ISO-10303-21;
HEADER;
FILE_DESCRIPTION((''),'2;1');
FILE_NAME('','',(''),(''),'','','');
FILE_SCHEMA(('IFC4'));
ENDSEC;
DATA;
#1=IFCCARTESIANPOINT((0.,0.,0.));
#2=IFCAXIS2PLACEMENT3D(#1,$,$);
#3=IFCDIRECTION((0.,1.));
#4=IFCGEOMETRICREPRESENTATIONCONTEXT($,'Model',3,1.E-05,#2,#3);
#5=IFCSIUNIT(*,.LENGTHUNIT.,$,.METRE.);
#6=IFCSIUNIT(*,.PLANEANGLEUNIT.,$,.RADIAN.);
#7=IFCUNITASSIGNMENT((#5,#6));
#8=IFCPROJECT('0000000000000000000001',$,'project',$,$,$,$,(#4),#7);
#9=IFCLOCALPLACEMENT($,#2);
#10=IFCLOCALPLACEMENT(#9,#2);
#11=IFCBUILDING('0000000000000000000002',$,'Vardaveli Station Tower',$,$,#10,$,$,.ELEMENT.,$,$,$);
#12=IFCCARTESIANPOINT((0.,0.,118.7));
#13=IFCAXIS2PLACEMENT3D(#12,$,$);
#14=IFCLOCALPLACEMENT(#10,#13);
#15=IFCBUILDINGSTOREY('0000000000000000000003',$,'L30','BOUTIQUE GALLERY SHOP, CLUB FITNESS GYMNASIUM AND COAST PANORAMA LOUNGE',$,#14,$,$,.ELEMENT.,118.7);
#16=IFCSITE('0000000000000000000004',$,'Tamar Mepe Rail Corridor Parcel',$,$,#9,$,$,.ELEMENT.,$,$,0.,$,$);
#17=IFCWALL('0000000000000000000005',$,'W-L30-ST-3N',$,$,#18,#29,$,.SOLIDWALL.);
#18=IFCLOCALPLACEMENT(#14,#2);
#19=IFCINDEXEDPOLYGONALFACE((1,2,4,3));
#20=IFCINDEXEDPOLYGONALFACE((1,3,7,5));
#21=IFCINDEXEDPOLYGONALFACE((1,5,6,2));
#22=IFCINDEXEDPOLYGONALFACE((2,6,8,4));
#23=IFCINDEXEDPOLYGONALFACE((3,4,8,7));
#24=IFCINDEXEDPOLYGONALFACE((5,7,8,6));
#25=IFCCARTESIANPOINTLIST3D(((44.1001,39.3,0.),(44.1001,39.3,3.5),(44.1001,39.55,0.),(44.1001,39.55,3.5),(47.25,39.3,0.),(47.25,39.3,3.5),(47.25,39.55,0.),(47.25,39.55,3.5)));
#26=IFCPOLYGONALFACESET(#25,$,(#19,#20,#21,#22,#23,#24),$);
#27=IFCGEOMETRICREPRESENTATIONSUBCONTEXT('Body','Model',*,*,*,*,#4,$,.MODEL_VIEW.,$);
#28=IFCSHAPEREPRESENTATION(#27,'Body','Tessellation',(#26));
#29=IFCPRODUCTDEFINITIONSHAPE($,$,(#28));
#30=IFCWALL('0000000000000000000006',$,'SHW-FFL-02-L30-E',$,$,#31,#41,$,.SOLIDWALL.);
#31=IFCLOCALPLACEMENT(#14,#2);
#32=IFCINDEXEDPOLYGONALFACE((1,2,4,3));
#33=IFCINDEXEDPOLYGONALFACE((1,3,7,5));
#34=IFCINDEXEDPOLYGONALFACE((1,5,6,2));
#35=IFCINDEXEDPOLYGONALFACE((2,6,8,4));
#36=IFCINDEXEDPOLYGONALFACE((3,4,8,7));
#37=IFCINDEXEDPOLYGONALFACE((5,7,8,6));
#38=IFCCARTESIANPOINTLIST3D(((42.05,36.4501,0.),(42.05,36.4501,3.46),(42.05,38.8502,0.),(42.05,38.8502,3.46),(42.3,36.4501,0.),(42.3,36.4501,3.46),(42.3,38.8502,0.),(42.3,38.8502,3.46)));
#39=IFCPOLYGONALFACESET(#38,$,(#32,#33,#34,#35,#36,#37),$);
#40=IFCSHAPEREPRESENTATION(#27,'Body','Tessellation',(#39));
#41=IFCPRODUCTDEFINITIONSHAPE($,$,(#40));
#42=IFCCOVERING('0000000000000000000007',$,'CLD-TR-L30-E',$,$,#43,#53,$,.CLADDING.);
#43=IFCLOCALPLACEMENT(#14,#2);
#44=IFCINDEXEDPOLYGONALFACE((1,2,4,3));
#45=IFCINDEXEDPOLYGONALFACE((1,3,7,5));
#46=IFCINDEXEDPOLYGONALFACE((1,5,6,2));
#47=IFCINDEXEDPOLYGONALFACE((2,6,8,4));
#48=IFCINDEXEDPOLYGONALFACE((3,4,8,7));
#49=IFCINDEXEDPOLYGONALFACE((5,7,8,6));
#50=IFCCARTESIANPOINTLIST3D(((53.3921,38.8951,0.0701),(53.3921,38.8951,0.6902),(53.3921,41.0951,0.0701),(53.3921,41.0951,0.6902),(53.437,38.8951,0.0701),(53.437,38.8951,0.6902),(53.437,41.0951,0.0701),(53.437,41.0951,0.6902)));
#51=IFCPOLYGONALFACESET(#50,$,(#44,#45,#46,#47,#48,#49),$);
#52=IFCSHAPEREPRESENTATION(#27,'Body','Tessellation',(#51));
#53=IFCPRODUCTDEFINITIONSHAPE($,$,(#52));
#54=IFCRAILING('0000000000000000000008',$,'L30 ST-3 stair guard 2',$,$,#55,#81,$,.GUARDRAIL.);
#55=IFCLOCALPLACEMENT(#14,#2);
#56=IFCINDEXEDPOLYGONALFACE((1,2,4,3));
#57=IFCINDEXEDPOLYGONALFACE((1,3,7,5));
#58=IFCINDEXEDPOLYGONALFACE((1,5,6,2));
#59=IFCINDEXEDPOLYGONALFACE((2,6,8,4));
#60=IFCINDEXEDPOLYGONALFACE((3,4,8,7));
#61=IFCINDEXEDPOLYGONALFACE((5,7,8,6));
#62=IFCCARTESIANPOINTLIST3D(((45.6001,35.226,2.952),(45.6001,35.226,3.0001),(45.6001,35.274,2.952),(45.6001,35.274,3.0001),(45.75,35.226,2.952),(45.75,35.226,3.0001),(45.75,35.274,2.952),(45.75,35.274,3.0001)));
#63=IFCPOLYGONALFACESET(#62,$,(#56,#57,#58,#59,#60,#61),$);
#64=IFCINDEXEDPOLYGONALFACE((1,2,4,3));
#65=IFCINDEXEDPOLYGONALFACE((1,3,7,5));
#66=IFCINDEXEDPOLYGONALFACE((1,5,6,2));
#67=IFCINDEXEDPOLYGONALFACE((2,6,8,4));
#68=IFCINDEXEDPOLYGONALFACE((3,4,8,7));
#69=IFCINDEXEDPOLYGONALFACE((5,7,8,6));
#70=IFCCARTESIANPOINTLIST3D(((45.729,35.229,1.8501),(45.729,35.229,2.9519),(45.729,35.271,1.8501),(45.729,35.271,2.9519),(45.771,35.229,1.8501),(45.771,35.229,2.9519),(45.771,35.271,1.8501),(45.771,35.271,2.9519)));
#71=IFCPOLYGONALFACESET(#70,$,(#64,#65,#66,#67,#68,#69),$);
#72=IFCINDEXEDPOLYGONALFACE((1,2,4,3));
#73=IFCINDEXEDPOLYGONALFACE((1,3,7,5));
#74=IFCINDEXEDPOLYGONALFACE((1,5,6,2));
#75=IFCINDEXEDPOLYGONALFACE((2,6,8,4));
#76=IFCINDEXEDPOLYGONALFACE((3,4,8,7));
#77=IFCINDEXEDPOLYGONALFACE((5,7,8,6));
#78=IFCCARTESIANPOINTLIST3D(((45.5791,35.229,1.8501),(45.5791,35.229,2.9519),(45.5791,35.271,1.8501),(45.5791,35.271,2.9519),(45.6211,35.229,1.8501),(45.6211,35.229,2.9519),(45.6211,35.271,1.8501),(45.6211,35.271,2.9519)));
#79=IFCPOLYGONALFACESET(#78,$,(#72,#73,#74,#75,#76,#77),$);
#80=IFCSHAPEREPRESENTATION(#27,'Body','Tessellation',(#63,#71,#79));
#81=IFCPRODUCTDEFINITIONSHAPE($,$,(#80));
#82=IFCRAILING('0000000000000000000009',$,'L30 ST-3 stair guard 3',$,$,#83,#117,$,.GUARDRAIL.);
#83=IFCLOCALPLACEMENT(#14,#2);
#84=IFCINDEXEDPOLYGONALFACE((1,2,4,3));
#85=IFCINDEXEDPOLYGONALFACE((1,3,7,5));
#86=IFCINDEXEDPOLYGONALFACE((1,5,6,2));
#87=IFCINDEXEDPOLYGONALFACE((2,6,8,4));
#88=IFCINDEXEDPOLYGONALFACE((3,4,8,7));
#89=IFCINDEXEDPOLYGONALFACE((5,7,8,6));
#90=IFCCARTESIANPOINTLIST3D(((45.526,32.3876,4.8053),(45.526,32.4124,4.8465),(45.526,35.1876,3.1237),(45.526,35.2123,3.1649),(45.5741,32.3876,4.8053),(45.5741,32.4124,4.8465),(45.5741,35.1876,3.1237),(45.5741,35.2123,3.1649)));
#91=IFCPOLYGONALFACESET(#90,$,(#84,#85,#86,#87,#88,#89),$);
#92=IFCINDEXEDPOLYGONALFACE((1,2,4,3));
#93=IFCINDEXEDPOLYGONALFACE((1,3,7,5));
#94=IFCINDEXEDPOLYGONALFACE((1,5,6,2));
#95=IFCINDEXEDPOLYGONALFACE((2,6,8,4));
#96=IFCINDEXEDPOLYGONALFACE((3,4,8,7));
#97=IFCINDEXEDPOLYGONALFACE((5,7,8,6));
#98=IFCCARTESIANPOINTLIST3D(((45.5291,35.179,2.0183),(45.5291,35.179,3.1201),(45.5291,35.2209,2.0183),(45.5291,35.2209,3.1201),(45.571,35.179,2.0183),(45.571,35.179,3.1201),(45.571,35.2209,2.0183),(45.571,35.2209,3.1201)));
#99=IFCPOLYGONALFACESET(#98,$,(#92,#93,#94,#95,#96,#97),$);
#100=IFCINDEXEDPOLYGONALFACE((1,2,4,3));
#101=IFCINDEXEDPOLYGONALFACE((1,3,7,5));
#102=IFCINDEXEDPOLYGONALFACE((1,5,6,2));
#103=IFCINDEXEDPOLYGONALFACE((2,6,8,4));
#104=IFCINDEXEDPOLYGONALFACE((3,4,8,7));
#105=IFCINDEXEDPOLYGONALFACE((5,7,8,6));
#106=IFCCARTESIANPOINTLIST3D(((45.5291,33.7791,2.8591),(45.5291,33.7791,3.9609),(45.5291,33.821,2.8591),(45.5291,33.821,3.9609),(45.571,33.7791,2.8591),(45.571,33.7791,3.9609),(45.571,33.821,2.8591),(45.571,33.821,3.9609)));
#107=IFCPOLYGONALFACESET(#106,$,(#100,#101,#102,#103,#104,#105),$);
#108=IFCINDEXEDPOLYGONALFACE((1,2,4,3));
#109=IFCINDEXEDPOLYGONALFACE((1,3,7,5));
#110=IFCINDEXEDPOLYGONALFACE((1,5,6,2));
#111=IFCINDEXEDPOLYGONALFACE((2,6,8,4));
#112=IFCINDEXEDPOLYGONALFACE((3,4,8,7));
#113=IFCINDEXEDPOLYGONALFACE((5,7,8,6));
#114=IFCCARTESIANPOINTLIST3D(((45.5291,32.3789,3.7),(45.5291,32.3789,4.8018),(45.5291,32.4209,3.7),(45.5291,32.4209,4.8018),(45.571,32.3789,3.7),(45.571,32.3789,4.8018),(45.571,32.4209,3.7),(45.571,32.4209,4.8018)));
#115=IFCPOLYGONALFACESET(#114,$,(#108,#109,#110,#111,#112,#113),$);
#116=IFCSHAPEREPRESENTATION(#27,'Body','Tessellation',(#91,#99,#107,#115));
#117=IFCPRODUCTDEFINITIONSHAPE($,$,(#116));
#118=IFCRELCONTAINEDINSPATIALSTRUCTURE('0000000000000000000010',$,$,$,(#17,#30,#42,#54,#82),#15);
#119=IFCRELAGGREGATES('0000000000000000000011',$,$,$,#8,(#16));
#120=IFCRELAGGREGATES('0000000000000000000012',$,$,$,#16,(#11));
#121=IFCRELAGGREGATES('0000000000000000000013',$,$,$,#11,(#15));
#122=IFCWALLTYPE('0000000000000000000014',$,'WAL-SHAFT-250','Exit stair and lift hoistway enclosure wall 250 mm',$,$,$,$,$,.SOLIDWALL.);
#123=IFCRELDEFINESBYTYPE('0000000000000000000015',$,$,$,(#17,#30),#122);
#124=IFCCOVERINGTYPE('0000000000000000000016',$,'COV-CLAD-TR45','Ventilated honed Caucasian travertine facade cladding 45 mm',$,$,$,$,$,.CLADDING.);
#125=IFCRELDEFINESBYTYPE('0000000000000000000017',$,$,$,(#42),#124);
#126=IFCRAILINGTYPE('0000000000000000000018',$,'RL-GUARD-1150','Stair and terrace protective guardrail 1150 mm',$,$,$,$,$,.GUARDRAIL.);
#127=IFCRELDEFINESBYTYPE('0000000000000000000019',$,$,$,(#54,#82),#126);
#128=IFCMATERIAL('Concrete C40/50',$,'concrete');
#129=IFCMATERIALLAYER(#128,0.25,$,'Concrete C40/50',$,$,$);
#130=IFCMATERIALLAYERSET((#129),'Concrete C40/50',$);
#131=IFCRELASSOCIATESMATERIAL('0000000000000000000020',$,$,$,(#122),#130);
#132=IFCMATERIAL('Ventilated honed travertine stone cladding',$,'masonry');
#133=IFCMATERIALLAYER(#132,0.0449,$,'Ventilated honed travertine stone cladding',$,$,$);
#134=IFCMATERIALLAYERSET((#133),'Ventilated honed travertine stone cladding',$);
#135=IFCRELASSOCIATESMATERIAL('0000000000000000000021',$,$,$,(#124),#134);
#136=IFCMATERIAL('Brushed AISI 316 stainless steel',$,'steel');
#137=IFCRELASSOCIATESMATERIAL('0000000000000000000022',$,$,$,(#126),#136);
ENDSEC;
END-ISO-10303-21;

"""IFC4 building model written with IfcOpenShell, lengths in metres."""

from ifc_helpers import new_model, si_unit, direction, frame, frame_2d, origin, origin_2d, place, context, subcontext, project, spatial, rectangle, extrude, source, transform, mapped, material, layer, layer_set, type_object, element, save


model = new_model("IFC4")

# Units and contexts
model_context = context("Model", 3, precision=1e-05, world=origin(), true_north=direction((0.0, 1.0)))
body_context = subcontext(model_context, "Body", "Model", "MODEL_VIEW")
ifc_project = project(units=[si_unit("LENGTHUNIT", "METRE"), si_unit("PLANEANGLEUNIT", "RADIAN")], contexts=[model_context])

# Site, building, storey
site_placement = place(None, origin())
site = spatial("IfcSite", under=ifc_project, at=site_placement, Name="Tamar Mepe Rail Corridor Parcel", CompositionType="ELEMENT", RefElevation=0.0)
building_placement = place(site_placement, origin())
building = spatial("IfcBuilding", under=site, at=building_placement, Name="Vardaveli Station Tower", CompositionType="ELEMENT")
storey_placement = place(building_placement, frame((0.0, 0.0, 118.7)))
storey = spatial("IfcBuildingStorey", under=building, at=storey_placement, Name="L30", Description="BOUTIQUE GALLERY SHOP, CLUB FITNESS GYMNASIUM AND COAST PANORAMA LOUNGE", CompositionType="ELEMENT", Elevation=118.7)

# Walls
ifc_material_1 = material(Name="Concrete C40/50", Category="concrete")
ifc_layer_1 = layer(ifc_material_1, 0.25, Name="Concrete C40/50")
ifc_layer_set_1 = layer_set([ifc_layer_1], Name="Concrete C40/50")
wall_type_1 = type_object("IfcWallType", Name="WAL-SHAFT-250", Description="Exit stair and lift hoistway enclosure wall 250 mm", PredefinedType="SOLIDWALL", material=ifc_layer_set_1)
shared_shape_1 = source(origin(), body_context, "Body", "SweptSolid", [
    extrude(rectangle(XDim=3.1499, YDim=0.25, at=frame_2d((1.575, 0.0))), origin(), (0.0, 0.0, 1.0), 3.5),
])
wall_1_placement = place(storey_placement, frame((44.1001, 39.425, 0.0), z_axis=(0.0, 0.0, 1.0), x_axis=(1.0, 0.0, 0.0)))
element("IfcWall", 1, at=wall_1_placement, inside=storey, type_object=wall_type_1, Name="W-L30-ST-3N", PredefinedType="SOLIDWALL", context=body_context, shape_type="MappedRepresentation", body=[
    mapped(shared_shape_1, transform((0.0, 0.0, 0.0), scale=1.0)),
])
shared_shape_2 = source(origin(), body_context, "Body", "SweptSolid", [
    extrude(rectangle(XDim=2.4001, YDim=0.25, at=frame_2d((1.2002, 0.0))), origin(), (0.0, 0.0, 1.0), 3.46),
])
wall_2_placement = place(storey_placement, frame((42.175, 36.45, 0.0), z_axis=(0.0, 0.0, 1.0), x_axis=(0.0, 1.0, 0.0)))
element("IfcWall", 2, at=wall_2_placement, inside=storey, type_object=wall_type_1, Name="SHW-FFL-02-L30-E", PredefinedType="SOLIDWALL", context=body_context, shape_type="MappedRepresentation", body=[
    mapped(shared_shape_2, transform((0.0, 0.0, 0.0), scale=1.0)),
])

# Covering
ifc_material_2 = material(Name="Ventilated honed travertine stone cladding", Category="masonry")
ifc_layer_2 = layer(ifc_material_2, 0.0449, Name="Ventilated honed travertine stone cladding")
ifc_layer_set_2 = layer_set([ifc_layer_2], Name="Ventilated honed travertine stone cladding")
covering_type = type_object("IfcCoveringType", Name="COV-CLAD-TR45", Description="Ventilated honed Caucasian travertine facade cladding 45 mm", PredefinedType="CLADDING", material=ifc_layer_set_2)
shared_shape_3 = source(origin(), body_context, "Body", "SweptSolid", [
    extrude(rectangle(XDim=2.2, YDim=0.0449, at=origin_2d()), origin(), (0.0, 0.0, 1.0), 0.6201),
])
covering_placement = place(storey_placement, frame((53.4146, 39.9951, 0.0701), z_axis=(0.0, 0.0, 1.0), x_axis=(0.0, 1.0, 0.0)))
element("IfcCovering", 3, at=covering_placement, inside=storey, type_object=covering_type, Name="CLD-TR-L30-E", PredefinedType="CLADDING", context=body_context, shape_type="MappedRepresentation", body=[
    mapped(shared_shape_3, transform((0.0, 0.0, 0.0), scale=1.0)),
])

# Railings
ifc_material_3 = material(Name="Brushed AISI 316 stainless steel", Category="steel")
railing_type = type_object("IfcRailingType", Name="RL-GUARD-1150", Description="Stair and terrace protective guardrail 1150 mm", PredefinedType="GUARDRAIL", material=ifc_material_3)
shared_shape_4 = source(origin(), body_context, "Body", "SweptSolid", [
    extrude(rectangle(XDim=0.0481, YDim=0.0481, at=origin_2d()), frame((0.0, 0.0, 1.126), z_axis=(-1.0, 0.0, 0.0), x_axis=(0.0, -1.0, 0.0)), (0.0, 0.0, 1.0), 0.1499),
    extrude(rectangle(XDim=0.042, YDim=0.042, at=origin_2d()), origin(), (0.0, 0.0, 1.0), 1.1018),
    extrude(rectangle(XDim=0.042, YDim=0.042, at=origin_2d()), frame((-0.1499, 0.0, 0.0)), (0.0, 0.0, 1.0), 1.1018),
])
railing_1_placement = place(storey_placement, frame((45.75, 35.25, 1.8501)))
element("IfcRailing", 4, at=railing_1_placement, inside=storey, type_object=railing_type, Name="L30 ST-3 stair guard 2", PredefinedType="GUARDRAIL", context=body_context, shape_type="MappedRepresentation", body=[
    mapped(shared_shape_4, transform((0.0, 0.0, 0.0), scale=1.0)),
])
shared_shape_5 = source(origin(), body_context, "Body", "SweptSolid", [
    extrude(rectangle(XDim=0.0481, YDim=0.0481, at=origin_2d()), frame((0.0, 0.0, 1.126), z_axis=(0.0, -0.857275, 0.514858), x_axis=(1.0, 0.0, 0.0)), (0.0, 0.0, 1.0), 3.2661),
    extrude(rectangle(XDim=0.042, YDim=0.042, at=origin_2d()), origin(), (0.0, 0.0, 1.0), 1.1018),
    extrude(rectangle(XDim=0.042, YDim=0.042, at=origin_2d()), frame((0.0, -1.3999, 0.8408)), (0.0, 0.0, 1.0), 1.1018),
    extrude(rectangle(XDim=0.042, YDim=0.042, at=origin_2d()), frame((0.0, -2.8, 1.6816)), (0.0, 0.0, 1.0), 1.1018),
])
railing_2_placement = place(storey_placement, frame((45.55, 35.2, 2.0183)))
element("IfcRailing", 5, at=railing_2_placement, inside=storey, type_object=railing_type, Name="L30 ST-3 stair guard 3", PredefinedType="GUARDRAIL", context=body_context, shape_type="MappedRepresentation", body=[
    mapped(shared_shape_5, transform((0.0, 0.0, 0.0), scale=1.0)),
])

save(model, "model.ifc")
